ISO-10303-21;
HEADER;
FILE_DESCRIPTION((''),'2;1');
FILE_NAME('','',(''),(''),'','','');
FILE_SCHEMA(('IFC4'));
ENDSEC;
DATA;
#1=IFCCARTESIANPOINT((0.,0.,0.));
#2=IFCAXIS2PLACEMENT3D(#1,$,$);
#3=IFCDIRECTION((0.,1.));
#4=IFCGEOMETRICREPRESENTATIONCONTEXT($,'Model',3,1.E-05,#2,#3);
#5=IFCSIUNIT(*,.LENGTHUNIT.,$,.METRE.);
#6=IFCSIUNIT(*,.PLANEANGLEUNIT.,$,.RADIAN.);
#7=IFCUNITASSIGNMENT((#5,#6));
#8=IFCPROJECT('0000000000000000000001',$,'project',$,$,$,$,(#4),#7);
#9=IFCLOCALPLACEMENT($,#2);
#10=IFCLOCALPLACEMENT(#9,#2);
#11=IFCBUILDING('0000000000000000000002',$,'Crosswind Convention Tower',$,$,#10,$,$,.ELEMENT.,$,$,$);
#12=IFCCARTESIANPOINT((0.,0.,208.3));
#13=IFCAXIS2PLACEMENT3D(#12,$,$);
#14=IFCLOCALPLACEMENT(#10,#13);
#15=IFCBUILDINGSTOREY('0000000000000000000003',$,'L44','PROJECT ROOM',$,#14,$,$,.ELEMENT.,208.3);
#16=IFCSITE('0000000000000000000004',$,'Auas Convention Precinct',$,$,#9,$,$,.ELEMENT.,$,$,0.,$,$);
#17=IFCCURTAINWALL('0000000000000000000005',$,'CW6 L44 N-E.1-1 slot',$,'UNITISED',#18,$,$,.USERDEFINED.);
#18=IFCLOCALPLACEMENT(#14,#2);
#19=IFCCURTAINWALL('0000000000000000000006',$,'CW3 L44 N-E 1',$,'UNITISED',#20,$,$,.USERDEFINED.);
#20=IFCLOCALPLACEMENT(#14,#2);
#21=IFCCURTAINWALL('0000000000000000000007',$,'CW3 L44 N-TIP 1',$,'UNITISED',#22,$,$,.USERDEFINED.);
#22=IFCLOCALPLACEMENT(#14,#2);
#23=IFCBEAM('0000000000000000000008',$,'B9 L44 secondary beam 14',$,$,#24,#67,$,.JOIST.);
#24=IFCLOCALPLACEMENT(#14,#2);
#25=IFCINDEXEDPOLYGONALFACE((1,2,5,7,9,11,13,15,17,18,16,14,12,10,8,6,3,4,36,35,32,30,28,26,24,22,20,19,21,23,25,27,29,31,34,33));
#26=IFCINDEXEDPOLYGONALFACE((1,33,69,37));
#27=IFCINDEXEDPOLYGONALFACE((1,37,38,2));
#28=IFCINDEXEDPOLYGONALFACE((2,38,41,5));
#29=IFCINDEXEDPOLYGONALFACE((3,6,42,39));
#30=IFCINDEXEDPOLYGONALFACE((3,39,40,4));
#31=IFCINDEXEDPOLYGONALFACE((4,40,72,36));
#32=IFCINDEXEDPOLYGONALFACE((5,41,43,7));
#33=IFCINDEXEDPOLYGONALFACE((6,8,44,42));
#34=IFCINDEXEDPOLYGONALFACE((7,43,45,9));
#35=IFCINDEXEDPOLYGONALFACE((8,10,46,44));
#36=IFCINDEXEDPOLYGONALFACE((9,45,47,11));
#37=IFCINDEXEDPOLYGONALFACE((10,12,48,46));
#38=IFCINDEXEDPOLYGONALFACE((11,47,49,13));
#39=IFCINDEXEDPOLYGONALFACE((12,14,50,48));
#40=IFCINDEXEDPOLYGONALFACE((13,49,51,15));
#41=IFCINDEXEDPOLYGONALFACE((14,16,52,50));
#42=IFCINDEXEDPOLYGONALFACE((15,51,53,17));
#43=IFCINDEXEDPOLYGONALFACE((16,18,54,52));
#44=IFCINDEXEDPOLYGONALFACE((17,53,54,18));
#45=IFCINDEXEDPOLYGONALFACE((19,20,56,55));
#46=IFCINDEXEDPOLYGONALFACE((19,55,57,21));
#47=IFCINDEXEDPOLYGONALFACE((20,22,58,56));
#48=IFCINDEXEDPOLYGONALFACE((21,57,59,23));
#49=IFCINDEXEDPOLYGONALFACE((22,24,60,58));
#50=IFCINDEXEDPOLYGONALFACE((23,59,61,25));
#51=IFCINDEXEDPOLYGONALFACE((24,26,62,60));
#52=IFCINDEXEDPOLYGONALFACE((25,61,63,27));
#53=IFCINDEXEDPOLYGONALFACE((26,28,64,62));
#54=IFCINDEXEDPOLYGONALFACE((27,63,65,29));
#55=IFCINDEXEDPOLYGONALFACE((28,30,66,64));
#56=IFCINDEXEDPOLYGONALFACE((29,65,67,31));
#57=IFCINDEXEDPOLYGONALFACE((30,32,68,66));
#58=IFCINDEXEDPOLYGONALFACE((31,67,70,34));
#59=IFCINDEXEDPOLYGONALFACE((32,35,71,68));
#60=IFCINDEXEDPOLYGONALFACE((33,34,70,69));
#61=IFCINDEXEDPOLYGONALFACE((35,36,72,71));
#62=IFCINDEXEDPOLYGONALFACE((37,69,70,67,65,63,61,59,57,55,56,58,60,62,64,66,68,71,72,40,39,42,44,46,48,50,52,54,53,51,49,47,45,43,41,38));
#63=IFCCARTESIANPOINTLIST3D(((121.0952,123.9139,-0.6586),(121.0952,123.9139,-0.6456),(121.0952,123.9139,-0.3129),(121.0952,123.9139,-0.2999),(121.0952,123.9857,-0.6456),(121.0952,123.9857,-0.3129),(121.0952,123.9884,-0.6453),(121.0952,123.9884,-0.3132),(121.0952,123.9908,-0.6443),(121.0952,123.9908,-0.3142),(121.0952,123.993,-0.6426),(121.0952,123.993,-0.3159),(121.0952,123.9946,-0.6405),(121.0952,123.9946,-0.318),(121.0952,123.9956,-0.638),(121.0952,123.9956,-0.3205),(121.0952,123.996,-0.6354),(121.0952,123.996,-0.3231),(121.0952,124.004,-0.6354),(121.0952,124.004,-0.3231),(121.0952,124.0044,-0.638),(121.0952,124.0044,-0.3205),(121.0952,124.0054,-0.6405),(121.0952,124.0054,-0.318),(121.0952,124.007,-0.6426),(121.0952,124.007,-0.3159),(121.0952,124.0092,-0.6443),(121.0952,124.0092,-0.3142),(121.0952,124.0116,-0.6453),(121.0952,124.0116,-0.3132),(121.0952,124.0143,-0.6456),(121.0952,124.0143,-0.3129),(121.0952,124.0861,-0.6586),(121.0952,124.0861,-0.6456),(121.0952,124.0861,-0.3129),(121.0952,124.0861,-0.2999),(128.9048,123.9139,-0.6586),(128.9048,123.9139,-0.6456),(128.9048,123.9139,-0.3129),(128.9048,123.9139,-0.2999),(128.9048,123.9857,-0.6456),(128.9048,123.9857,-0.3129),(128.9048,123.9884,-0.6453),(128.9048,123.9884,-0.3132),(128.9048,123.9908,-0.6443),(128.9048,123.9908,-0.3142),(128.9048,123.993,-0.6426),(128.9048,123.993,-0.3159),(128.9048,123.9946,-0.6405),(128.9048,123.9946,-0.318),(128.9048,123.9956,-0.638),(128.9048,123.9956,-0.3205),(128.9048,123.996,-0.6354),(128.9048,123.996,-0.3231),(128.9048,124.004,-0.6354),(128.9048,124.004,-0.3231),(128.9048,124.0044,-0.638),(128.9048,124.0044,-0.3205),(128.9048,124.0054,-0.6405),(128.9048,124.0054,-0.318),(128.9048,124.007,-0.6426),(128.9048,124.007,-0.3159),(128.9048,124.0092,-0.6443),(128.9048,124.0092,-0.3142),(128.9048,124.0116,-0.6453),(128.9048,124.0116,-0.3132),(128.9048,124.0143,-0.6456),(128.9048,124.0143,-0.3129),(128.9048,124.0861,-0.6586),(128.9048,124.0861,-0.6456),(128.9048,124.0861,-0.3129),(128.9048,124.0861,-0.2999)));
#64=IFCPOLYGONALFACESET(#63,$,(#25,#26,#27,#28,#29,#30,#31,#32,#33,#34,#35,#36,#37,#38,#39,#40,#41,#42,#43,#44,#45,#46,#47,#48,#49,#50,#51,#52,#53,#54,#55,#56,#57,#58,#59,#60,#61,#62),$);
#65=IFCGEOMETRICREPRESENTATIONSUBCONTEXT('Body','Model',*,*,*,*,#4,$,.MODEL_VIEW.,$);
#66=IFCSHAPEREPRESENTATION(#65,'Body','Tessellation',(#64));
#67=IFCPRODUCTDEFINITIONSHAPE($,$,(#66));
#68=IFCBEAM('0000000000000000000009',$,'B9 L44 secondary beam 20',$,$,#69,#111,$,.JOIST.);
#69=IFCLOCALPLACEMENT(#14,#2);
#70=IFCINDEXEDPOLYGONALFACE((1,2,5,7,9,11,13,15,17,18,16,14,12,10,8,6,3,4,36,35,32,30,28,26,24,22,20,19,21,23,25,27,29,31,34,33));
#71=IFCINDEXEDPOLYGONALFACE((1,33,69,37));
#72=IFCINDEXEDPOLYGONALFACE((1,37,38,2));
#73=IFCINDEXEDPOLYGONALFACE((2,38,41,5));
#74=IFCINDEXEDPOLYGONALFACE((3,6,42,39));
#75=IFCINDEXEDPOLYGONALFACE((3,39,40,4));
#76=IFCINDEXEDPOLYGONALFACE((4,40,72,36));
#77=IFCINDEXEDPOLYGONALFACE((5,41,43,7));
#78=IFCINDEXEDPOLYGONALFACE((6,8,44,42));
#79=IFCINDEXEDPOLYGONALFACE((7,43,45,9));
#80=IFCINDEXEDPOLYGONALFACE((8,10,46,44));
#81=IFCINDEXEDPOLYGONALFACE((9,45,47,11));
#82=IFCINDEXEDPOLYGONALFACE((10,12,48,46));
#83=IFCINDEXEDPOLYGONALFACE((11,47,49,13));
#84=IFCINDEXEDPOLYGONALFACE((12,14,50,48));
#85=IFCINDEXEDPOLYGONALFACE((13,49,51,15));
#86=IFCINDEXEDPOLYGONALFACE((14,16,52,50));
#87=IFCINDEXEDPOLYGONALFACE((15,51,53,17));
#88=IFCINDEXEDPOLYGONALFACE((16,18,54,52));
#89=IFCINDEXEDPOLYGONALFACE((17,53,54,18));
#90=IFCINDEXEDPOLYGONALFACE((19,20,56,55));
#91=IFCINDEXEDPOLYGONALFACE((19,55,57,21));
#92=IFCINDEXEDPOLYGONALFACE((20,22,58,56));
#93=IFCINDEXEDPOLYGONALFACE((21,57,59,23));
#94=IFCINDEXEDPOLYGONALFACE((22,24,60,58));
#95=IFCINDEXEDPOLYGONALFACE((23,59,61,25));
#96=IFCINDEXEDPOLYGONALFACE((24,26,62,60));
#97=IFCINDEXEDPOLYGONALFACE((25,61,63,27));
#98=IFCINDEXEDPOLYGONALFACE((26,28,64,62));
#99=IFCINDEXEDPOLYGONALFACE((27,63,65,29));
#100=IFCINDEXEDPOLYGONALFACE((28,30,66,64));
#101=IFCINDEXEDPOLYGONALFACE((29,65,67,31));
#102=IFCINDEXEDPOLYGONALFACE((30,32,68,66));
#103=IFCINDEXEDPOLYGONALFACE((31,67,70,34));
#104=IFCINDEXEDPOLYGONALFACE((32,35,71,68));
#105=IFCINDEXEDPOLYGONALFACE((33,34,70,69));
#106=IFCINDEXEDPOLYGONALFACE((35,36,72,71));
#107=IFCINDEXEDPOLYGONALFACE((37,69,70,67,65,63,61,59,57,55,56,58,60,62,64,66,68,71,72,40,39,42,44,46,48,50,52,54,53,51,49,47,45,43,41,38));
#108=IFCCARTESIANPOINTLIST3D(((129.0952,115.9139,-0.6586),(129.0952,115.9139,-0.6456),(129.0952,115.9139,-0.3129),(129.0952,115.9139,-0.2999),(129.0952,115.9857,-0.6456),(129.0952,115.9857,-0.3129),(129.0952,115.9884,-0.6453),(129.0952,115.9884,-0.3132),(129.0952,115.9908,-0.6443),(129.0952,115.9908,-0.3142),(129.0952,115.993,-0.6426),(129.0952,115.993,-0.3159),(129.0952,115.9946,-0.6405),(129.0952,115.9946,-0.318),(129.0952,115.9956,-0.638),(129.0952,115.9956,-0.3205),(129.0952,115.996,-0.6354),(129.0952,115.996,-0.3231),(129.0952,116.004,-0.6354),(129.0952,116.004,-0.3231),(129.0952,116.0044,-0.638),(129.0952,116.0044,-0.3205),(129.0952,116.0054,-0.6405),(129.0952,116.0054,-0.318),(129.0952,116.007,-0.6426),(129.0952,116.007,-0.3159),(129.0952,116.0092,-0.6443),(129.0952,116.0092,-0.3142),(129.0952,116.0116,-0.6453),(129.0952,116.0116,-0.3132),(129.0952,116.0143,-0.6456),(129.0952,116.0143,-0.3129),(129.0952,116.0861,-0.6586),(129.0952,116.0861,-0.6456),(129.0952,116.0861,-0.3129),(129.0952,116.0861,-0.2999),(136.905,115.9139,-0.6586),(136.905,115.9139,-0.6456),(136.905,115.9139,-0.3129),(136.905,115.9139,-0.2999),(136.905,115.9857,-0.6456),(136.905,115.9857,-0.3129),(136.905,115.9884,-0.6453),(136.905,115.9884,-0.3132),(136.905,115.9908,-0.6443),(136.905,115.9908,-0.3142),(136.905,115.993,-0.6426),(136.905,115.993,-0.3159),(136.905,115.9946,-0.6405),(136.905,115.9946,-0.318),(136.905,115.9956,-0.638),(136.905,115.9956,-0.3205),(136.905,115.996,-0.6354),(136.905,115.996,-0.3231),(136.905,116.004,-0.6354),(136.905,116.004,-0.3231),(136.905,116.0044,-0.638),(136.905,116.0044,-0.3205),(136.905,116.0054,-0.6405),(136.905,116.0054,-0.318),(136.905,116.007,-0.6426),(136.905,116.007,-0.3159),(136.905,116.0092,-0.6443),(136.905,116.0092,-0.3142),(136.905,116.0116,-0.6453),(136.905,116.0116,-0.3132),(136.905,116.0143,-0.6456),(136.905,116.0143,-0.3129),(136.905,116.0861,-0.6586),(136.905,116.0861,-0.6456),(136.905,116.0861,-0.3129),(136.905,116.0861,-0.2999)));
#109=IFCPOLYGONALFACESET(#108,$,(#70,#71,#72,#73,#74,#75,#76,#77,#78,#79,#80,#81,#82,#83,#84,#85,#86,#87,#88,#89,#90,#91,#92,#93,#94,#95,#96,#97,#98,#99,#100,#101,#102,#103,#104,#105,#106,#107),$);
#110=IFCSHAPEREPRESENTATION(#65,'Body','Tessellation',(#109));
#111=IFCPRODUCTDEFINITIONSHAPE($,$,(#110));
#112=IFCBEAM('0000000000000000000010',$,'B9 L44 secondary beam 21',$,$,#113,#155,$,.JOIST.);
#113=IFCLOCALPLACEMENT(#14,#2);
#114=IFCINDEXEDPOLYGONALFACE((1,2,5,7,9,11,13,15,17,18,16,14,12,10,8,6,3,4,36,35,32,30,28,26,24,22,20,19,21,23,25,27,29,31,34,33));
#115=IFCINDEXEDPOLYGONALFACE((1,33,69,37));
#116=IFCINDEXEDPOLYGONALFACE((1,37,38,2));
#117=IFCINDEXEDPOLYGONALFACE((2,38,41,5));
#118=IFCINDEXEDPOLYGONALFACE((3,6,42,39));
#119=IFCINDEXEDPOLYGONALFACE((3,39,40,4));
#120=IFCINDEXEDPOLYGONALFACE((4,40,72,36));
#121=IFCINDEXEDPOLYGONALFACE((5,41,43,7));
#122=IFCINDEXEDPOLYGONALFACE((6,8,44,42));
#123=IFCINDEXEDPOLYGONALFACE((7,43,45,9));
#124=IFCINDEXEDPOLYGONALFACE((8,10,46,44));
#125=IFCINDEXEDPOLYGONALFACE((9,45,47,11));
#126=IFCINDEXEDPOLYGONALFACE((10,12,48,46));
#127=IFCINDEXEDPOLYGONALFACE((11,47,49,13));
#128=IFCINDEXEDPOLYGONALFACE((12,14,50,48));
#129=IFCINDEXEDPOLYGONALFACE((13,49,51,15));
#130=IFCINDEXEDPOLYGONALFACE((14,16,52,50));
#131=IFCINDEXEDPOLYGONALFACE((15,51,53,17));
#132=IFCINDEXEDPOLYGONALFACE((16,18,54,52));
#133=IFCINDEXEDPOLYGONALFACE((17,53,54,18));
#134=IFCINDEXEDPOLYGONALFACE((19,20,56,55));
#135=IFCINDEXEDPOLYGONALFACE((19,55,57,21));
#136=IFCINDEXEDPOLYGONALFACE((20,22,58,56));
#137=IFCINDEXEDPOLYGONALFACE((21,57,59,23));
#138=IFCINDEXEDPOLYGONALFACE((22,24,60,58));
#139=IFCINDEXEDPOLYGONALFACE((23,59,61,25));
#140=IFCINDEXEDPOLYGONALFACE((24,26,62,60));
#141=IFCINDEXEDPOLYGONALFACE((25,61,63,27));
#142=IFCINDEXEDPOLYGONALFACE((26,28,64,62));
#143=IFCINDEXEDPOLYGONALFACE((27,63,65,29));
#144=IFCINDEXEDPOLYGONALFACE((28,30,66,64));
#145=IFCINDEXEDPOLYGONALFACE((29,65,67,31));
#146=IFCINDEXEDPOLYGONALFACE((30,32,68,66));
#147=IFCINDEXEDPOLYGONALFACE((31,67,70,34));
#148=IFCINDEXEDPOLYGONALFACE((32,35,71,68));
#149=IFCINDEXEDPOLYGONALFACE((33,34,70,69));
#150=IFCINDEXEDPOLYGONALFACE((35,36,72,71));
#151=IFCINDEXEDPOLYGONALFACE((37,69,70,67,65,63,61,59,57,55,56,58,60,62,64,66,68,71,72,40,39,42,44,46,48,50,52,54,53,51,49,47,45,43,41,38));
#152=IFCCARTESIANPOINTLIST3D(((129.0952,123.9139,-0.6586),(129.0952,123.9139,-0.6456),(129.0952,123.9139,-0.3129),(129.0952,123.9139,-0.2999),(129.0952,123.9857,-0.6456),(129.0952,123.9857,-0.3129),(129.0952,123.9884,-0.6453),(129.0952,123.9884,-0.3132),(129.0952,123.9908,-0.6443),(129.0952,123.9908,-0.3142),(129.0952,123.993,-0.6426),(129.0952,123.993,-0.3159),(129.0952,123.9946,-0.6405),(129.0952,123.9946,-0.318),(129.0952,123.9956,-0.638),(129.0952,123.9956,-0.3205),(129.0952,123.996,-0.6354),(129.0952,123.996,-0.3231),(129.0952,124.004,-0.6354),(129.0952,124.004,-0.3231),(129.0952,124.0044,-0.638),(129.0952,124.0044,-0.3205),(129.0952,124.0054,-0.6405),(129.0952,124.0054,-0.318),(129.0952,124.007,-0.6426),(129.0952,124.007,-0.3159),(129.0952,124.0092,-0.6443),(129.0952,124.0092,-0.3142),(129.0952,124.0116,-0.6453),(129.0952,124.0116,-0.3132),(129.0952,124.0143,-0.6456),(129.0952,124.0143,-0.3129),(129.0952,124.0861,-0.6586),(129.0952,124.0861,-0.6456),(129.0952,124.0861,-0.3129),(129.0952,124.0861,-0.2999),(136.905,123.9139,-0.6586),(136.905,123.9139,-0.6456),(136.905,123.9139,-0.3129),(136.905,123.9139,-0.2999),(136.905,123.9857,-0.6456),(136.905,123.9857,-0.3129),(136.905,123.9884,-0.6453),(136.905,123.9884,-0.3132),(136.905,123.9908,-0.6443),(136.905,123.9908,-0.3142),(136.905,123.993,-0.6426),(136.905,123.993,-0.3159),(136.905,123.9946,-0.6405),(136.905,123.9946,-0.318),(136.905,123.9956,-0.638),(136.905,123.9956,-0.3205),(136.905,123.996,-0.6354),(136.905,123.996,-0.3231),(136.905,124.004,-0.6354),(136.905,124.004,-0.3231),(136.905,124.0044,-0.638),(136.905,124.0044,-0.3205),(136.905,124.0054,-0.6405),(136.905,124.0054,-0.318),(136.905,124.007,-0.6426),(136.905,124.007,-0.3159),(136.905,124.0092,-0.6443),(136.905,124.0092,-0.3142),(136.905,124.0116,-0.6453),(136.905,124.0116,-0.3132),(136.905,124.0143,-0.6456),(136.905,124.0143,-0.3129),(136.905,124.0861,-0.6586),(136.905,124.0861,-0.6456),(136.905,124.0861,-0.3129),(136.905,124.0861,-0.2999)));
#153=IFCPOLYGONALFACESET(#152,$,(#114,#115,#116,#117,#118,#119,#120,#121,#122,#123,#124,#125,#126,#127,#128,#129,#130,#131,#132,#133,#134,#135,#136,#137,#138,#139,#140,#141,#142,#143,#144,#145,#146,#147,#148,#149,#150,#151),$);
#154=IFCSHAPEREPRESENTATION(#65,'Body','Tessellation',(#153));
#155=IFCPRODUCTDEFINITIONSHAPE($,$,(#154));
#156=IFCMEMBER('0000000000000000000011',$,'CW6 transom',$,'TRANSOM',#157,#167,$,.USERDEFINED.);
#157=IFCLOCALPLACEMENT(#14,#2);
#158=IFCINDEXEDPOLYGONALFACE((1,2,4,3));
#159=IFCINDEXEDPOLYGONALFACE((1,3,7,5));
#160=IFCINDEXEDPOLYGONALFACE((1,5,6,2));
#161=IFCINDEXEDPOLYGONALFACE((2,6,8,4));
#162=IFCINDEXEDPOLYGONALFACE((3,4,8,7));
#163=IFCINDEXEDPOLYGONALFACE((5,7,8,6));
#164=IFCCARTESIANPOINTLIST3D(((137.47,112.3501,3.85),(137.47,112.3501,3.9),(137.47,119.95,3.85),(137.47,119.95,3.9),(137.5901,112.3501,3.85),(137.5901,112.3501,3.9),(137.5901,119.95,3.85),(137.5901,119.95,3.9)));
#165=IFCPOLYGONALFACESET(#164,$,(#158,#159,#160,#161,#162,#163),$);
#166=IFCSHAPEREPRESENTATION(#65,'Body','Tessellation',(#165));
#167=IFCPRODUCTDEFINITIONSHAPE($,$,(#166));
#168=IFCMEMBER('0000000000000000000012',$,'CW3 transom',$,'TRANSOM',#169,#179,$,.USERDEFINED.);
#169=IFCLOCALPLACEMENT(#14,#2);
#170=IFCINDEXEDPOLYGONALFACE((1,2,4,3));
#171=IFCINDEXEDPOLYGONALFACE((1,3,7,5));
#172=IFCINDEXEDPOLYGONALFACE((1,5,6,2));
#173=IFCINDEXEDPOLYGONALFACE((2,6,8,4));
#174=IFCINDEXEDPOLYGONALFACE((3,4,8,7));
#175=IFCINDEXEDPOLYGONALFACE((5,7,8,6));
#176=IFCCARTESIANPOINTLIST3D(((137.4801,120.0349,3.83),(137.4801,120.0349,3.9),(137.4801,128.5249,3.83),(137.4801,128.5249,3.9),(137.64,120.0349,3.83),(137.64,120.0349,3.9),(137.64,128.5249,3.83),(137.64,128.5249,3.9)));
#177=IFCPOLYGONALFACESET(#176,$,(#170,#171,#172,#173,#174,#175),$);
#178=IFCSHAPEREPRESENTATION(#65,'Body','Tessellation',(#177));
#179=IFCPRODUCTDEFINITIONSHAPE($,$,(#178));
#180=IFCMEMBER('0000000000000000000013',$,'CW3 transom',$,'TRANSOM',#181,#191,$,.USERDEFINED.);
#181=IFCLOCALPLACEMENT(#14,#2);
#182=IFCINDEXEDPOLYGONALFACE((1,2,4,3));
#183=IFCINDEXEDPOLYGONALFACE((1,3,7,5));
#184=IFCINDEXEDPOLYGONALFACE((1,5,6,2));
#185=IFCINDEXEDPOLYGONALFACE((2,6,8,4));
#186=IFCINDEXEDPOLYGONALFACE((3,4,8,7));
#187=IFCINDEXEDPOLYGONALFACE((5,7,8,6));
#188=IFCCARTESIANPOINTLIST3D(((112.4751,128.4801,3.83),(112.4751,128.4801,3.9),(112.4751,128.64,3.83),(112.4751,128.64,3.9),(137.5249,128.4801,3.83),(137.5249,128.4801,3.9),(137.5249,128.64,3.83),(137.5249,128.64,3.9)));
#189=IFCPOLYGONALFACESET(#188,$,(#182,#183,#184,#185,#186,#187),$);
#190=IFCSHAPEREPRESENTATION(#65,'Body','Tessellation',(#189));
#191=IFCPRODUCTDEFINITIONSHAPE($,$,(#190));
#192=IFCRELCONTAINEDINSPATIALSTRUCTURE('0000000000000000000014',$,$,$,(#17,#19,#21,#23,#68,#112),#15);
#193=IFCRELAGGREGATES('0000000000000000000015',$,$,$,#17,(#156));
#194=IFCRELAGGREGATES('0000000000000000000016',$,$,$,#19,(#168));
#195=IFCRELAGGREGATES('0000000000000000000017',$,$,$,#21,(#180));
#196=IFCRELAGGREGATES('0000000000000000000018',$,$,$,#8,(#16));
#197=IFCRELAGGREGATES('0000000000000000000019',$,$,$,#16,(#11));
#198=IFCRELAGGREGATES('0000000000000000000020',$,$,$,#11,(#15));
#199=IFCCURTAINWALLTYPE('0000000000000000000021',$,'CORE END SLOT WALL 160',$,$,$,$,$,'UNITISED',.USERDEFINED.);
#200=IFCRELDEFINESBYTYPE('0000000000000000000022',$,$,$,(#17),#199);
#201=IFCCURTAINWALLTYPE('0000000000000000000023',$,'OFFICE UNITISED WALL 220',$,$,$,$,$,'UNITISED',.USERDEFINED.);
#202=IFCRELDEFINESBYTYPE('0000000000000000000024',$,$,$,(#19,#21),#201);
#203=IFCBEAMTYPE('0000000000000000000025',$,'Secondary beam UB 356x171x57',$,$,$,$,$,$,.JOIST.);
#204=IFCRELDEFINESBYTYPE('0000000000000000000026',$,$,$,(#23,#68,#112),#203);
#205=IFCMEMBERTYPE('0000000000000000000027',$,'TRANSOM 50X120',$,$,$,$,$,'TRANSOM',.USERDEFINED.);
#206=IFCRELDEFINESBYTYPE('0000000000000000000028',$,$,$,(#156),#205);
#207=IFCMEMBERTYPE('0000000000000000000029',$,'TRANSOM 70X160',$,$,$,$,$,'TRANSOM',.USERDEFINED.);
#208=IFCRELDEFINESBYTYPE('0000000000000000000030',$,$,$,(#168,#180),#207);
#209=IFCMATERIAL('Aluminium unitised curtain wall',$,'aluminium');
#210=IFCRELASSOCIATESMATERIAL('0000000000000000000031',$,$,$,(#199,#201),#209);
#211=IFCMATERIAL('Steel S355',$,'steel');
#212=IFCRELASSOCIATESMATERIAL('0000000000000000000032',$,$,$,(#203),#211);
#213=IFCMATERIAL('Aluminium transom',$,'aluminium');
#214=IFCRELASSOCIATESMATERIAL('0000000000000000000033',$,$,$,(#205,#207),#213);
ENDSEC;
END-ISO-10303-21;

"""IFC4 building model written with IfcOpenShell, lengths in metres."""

from ifc_helpers import new_model, si_unit, direction, frame, origin, origin_2d, place, context, subcontext, project, spatial, rectangle, i_section, extrude, material, material_profile, profile_set, type_object, element, aggregate, save


model = new_model("IFC4")

# Units and contexts
model_context = context("Model", 3, precision=1e-05, world=origin(), true_north=direction((0.0, 1.0)))
body_context = subcontext(model_context, "Body", "Model", "MODEL_VIEW")
ifc_project = project(units=[si_unit("LENGTHUNIT", "METRE"), si_unit("PLANEANGLEUNIT", "RADIAN")], contexts=[model_context])

# Site, building, storey
site_placement = place(None, origin())
site = spatial("IfcSite", under=ifc_project, at=site_placement, Name="Auas Convention Precinct", CompositionType="ELEMENT", RefElevation=0.0)
building_placement = place(site_placement, origin())
building = spatial("IfcBuilding", under=site, at=building_placement, Name="Crosswind Convention Tower", CompositionType="ELEMENT")
storey_placement = place(building_placement, frame((0.0, 0.0, 208.3)))
storey = spatial("IfcBuildingStorey", under=building, at=storey_placement, Name="L44", Description="PROJECT ROOM", CompositionType="ELEMENT", Elevation=208.3)

# Shared definitions
ifc_material_1 = material(Name="Steel S355", Category="steel")

# Curtain walls
ifc_material_2 = material(Name="Aluminium unitised curtain wall", Category="aluminium")
curtain_wall_type_1 = type_object("IfcCurtainWallType", Name="CORE END SLOT WALL 160", ElementType="UNITISED", PredefinedType="USERDEFINED", material=ifc_material_2)
curtain_wall_1_placement = place(storey_placement, origin())
curtain_wall_1 = element("IfcCurtainWall", 1, at=curtain_wall_1_placement, inside=storey, type_object=curtain_wall_type_1, Name="CW6 L44 N-E.1-1 slot", ObjectType="UNITISED", PredefinedType="USERDEFINED")
curtain_wall_type_2 = type_object("IfcCurtainWallType", Name="OFFICE UNITISED WALL 220", ElementType="UNITISED", PredefinedType="USERDEFINED", material=ifc_material_2)
curtain_wall_2_placement = place(storey_placement, origin())
curtain_wall_2 = element("IfcCurtainWall", 2, at=curtain_wall_2_placement, inside=storey, type_object=curtain_wall_type_2, Name="CW3 L44 N-E 1", ObjectType="UNITISED", PredefinedType="USERDEFINED")

# Curtain wall
curtain_wall_3_placement = place(storey_placement, origin())
curtain_wall_3 = element("IfcCurtainWall", 3, at=curtain_wall_3_placement, inside=storey, type_object=curtain_wall_type_2, Name="CW3 L44 N-TIP 1", ObjectType="UNITISED", PredefinedType="USERDEFINED")

# Beams
ifc_material_profile_1 = material_profile(ifc_material_1, i_section(OverallWidth=0.1721, OverallDepth=0.3586, WebThickness=0.0081, FlangeThickness=0.0129, FilletRadius=0.0103, at=origin_2d()), Name="UB 356x171x57")
ifc_profile_set_1 = profile_set([ifc_material_profile_1], Name="Steel S355")
beam_type_1 = type_object("IfcBeamType", Name="Secondary beam UB 356x171x57", PredefinedType="JOIST", material=ifc_profile_set_1)
for number, where, z_axis, x_axis, name in (
    (4, (121.0952, 124.0, -0.4792), (1.0, 0.0, 0.0), (0.0, 1.0, 0.0), "B9 L44 secondary beam 14"),
):
    element("IfcBeam", number, at=place(storey_placement, frame(where, z_axis=z_axis, x_axis=x_axis)), inside=storey, type_object=beam_type_1, Name=name, PredefinedType="JOIST", context=body_context, shape_type="SweptSolid", body=[
        extrude(i_section(OverallWidth=0.1721, OverallDepth=0.3586, WebThickness=0.0081, FlangeThickness=0.0129, FilletRadius=0.0103, at=origin_2d()), origin(), (0.0, 0.0, 1.0), 7.8096),
    ])
for number, where, z_axis, x_axis, name in (
    (5, (129.0952, 116.0, -0.4792), (1.0, 0.0, 0.0), (0.0, 1.0, 0.0), "B9 L44 secondary beam 20"),
    (6, (129.0952, 124.0, -0.4792), (1.0, 0.0, 0.0), (0.0, 1.0, 0.0), "B9 L44 secondary beam 21"),
):
    element("IfcBeam", number, at=place(storey_placement, frame(where, z_axis=z_axis, x_axis=x_axis)), inside=storey, type_object=beam_type_1, Name=name, PredefinedType="JOIST", context=body_context, shape_type="SweptSolid", body=[
        extrude(i_section(OverallWidth=0.1721, OverallDepth=0.3586, WebThickness=0.0081, FlangeThickness=0.0129, FilletRadius=0.0103, at=origin_2d()), origin(), (0.0, 0.0, 1.0), 7.8098),
    ])

# Members
ifc_material_3 = material(Name="Aluminium transom", Category="aluminium")
ifc_material_profile_2 = material_profile(ifc_material_3, rectangle(XDim=0.1201, YDim=0.05, at=origin_2d()), Name="AL 120X50")
ifc_profile_set_2 = profile_set([ifc_material_profile_2], Name="Aluminium transom")
member_type_1 = type_object("IfcMemberType", Name="TRANSOM 50X120", ElementType="TRANSOM", PredefinedType="USERDEFINED", material=ifc_profile_set_2)
member_1_placement = place(storey_placement, frame((137.53, 112.3501, 3.875), z_axis=(0.0, 1.0, 0.0), x_axis=(-1.0, 0.0, 0.0)))
member_1 = element("IfcMember", 7, at=member_1_placement, type_object=member_type_1, Name="CW6 transom", ObjectType="TRANSOM", PredefinedType="USERDEFINED", context=body_context, shape_type="SweptSolid", body=[
    extrude(rectangle(XDim=0.1201, YDim=0.05, at=origin_2d()), origin(), (0.0, 0.0, 1.0), 7.5999),
])
ifc_material_profile_3 = material_profile(ifc_material_3, rectangle(XDim=0.1599, YDim=0.0701, at=origin_2d()), Name="AL 160X70")
ifc_profile_set_3 = profile_set([ifc_material_profile_3], Name="Aluminium transom")
member_type_2 = type_object("IfcMemberType", Name="TRANSOM 70X160", ElementType="TRANSOM", PredefinedType="USERDEFINED", material=ifc_profile_set_3)
member_2_placement = place(storey_placement, frame((137.5601, 120.0349, 3.865), z_axis=(0.0, 1.0, 0.0), x_axis=(-1.0, 0.0, 0.0)))
member_2 = element("IfcMember", 8, at=member_2_placement, type_object=member_type_2, Name="CW3 transom", ObjectType="TRANSOM", PredefinedType="USERDEFINED", context=body_context, shape_type="SweptSolid", body=[
    extrude(rectangle(XDim=0.1599, YDim=0.0701, at=origin_2d()), origin(), (0.0, 0.0, 1.0), 8.49),
])
member_3_placement = place(storey_placement, frame((137.5249, 128.5601, 3.865), z_axis=(-1.0, 0.0, 0.0), x_axis=(0.0, -1.0, 0.0)))
member_3 = element("IfcMember", 9, at=member_3_placement, type_object=member_type_2, Name="CW3 transom", ObjectType="TRANSOM", PredefinedType="USERDEFINED", context=body_context, shape_type="SweptSolid", body=[
    extrude(rectangle(XDim=0.1599, YDim=0.0701, at=origin_2d()), origin(), (0.0, 0.0, 1.0), 25.0498),
])

aggregate(curtain_wall_1, [member_1])

aggregate(curtain_wall_2, [member_2])
aggregate(curtain_wall_3, [member_3])

save(model, "model.ifc")
